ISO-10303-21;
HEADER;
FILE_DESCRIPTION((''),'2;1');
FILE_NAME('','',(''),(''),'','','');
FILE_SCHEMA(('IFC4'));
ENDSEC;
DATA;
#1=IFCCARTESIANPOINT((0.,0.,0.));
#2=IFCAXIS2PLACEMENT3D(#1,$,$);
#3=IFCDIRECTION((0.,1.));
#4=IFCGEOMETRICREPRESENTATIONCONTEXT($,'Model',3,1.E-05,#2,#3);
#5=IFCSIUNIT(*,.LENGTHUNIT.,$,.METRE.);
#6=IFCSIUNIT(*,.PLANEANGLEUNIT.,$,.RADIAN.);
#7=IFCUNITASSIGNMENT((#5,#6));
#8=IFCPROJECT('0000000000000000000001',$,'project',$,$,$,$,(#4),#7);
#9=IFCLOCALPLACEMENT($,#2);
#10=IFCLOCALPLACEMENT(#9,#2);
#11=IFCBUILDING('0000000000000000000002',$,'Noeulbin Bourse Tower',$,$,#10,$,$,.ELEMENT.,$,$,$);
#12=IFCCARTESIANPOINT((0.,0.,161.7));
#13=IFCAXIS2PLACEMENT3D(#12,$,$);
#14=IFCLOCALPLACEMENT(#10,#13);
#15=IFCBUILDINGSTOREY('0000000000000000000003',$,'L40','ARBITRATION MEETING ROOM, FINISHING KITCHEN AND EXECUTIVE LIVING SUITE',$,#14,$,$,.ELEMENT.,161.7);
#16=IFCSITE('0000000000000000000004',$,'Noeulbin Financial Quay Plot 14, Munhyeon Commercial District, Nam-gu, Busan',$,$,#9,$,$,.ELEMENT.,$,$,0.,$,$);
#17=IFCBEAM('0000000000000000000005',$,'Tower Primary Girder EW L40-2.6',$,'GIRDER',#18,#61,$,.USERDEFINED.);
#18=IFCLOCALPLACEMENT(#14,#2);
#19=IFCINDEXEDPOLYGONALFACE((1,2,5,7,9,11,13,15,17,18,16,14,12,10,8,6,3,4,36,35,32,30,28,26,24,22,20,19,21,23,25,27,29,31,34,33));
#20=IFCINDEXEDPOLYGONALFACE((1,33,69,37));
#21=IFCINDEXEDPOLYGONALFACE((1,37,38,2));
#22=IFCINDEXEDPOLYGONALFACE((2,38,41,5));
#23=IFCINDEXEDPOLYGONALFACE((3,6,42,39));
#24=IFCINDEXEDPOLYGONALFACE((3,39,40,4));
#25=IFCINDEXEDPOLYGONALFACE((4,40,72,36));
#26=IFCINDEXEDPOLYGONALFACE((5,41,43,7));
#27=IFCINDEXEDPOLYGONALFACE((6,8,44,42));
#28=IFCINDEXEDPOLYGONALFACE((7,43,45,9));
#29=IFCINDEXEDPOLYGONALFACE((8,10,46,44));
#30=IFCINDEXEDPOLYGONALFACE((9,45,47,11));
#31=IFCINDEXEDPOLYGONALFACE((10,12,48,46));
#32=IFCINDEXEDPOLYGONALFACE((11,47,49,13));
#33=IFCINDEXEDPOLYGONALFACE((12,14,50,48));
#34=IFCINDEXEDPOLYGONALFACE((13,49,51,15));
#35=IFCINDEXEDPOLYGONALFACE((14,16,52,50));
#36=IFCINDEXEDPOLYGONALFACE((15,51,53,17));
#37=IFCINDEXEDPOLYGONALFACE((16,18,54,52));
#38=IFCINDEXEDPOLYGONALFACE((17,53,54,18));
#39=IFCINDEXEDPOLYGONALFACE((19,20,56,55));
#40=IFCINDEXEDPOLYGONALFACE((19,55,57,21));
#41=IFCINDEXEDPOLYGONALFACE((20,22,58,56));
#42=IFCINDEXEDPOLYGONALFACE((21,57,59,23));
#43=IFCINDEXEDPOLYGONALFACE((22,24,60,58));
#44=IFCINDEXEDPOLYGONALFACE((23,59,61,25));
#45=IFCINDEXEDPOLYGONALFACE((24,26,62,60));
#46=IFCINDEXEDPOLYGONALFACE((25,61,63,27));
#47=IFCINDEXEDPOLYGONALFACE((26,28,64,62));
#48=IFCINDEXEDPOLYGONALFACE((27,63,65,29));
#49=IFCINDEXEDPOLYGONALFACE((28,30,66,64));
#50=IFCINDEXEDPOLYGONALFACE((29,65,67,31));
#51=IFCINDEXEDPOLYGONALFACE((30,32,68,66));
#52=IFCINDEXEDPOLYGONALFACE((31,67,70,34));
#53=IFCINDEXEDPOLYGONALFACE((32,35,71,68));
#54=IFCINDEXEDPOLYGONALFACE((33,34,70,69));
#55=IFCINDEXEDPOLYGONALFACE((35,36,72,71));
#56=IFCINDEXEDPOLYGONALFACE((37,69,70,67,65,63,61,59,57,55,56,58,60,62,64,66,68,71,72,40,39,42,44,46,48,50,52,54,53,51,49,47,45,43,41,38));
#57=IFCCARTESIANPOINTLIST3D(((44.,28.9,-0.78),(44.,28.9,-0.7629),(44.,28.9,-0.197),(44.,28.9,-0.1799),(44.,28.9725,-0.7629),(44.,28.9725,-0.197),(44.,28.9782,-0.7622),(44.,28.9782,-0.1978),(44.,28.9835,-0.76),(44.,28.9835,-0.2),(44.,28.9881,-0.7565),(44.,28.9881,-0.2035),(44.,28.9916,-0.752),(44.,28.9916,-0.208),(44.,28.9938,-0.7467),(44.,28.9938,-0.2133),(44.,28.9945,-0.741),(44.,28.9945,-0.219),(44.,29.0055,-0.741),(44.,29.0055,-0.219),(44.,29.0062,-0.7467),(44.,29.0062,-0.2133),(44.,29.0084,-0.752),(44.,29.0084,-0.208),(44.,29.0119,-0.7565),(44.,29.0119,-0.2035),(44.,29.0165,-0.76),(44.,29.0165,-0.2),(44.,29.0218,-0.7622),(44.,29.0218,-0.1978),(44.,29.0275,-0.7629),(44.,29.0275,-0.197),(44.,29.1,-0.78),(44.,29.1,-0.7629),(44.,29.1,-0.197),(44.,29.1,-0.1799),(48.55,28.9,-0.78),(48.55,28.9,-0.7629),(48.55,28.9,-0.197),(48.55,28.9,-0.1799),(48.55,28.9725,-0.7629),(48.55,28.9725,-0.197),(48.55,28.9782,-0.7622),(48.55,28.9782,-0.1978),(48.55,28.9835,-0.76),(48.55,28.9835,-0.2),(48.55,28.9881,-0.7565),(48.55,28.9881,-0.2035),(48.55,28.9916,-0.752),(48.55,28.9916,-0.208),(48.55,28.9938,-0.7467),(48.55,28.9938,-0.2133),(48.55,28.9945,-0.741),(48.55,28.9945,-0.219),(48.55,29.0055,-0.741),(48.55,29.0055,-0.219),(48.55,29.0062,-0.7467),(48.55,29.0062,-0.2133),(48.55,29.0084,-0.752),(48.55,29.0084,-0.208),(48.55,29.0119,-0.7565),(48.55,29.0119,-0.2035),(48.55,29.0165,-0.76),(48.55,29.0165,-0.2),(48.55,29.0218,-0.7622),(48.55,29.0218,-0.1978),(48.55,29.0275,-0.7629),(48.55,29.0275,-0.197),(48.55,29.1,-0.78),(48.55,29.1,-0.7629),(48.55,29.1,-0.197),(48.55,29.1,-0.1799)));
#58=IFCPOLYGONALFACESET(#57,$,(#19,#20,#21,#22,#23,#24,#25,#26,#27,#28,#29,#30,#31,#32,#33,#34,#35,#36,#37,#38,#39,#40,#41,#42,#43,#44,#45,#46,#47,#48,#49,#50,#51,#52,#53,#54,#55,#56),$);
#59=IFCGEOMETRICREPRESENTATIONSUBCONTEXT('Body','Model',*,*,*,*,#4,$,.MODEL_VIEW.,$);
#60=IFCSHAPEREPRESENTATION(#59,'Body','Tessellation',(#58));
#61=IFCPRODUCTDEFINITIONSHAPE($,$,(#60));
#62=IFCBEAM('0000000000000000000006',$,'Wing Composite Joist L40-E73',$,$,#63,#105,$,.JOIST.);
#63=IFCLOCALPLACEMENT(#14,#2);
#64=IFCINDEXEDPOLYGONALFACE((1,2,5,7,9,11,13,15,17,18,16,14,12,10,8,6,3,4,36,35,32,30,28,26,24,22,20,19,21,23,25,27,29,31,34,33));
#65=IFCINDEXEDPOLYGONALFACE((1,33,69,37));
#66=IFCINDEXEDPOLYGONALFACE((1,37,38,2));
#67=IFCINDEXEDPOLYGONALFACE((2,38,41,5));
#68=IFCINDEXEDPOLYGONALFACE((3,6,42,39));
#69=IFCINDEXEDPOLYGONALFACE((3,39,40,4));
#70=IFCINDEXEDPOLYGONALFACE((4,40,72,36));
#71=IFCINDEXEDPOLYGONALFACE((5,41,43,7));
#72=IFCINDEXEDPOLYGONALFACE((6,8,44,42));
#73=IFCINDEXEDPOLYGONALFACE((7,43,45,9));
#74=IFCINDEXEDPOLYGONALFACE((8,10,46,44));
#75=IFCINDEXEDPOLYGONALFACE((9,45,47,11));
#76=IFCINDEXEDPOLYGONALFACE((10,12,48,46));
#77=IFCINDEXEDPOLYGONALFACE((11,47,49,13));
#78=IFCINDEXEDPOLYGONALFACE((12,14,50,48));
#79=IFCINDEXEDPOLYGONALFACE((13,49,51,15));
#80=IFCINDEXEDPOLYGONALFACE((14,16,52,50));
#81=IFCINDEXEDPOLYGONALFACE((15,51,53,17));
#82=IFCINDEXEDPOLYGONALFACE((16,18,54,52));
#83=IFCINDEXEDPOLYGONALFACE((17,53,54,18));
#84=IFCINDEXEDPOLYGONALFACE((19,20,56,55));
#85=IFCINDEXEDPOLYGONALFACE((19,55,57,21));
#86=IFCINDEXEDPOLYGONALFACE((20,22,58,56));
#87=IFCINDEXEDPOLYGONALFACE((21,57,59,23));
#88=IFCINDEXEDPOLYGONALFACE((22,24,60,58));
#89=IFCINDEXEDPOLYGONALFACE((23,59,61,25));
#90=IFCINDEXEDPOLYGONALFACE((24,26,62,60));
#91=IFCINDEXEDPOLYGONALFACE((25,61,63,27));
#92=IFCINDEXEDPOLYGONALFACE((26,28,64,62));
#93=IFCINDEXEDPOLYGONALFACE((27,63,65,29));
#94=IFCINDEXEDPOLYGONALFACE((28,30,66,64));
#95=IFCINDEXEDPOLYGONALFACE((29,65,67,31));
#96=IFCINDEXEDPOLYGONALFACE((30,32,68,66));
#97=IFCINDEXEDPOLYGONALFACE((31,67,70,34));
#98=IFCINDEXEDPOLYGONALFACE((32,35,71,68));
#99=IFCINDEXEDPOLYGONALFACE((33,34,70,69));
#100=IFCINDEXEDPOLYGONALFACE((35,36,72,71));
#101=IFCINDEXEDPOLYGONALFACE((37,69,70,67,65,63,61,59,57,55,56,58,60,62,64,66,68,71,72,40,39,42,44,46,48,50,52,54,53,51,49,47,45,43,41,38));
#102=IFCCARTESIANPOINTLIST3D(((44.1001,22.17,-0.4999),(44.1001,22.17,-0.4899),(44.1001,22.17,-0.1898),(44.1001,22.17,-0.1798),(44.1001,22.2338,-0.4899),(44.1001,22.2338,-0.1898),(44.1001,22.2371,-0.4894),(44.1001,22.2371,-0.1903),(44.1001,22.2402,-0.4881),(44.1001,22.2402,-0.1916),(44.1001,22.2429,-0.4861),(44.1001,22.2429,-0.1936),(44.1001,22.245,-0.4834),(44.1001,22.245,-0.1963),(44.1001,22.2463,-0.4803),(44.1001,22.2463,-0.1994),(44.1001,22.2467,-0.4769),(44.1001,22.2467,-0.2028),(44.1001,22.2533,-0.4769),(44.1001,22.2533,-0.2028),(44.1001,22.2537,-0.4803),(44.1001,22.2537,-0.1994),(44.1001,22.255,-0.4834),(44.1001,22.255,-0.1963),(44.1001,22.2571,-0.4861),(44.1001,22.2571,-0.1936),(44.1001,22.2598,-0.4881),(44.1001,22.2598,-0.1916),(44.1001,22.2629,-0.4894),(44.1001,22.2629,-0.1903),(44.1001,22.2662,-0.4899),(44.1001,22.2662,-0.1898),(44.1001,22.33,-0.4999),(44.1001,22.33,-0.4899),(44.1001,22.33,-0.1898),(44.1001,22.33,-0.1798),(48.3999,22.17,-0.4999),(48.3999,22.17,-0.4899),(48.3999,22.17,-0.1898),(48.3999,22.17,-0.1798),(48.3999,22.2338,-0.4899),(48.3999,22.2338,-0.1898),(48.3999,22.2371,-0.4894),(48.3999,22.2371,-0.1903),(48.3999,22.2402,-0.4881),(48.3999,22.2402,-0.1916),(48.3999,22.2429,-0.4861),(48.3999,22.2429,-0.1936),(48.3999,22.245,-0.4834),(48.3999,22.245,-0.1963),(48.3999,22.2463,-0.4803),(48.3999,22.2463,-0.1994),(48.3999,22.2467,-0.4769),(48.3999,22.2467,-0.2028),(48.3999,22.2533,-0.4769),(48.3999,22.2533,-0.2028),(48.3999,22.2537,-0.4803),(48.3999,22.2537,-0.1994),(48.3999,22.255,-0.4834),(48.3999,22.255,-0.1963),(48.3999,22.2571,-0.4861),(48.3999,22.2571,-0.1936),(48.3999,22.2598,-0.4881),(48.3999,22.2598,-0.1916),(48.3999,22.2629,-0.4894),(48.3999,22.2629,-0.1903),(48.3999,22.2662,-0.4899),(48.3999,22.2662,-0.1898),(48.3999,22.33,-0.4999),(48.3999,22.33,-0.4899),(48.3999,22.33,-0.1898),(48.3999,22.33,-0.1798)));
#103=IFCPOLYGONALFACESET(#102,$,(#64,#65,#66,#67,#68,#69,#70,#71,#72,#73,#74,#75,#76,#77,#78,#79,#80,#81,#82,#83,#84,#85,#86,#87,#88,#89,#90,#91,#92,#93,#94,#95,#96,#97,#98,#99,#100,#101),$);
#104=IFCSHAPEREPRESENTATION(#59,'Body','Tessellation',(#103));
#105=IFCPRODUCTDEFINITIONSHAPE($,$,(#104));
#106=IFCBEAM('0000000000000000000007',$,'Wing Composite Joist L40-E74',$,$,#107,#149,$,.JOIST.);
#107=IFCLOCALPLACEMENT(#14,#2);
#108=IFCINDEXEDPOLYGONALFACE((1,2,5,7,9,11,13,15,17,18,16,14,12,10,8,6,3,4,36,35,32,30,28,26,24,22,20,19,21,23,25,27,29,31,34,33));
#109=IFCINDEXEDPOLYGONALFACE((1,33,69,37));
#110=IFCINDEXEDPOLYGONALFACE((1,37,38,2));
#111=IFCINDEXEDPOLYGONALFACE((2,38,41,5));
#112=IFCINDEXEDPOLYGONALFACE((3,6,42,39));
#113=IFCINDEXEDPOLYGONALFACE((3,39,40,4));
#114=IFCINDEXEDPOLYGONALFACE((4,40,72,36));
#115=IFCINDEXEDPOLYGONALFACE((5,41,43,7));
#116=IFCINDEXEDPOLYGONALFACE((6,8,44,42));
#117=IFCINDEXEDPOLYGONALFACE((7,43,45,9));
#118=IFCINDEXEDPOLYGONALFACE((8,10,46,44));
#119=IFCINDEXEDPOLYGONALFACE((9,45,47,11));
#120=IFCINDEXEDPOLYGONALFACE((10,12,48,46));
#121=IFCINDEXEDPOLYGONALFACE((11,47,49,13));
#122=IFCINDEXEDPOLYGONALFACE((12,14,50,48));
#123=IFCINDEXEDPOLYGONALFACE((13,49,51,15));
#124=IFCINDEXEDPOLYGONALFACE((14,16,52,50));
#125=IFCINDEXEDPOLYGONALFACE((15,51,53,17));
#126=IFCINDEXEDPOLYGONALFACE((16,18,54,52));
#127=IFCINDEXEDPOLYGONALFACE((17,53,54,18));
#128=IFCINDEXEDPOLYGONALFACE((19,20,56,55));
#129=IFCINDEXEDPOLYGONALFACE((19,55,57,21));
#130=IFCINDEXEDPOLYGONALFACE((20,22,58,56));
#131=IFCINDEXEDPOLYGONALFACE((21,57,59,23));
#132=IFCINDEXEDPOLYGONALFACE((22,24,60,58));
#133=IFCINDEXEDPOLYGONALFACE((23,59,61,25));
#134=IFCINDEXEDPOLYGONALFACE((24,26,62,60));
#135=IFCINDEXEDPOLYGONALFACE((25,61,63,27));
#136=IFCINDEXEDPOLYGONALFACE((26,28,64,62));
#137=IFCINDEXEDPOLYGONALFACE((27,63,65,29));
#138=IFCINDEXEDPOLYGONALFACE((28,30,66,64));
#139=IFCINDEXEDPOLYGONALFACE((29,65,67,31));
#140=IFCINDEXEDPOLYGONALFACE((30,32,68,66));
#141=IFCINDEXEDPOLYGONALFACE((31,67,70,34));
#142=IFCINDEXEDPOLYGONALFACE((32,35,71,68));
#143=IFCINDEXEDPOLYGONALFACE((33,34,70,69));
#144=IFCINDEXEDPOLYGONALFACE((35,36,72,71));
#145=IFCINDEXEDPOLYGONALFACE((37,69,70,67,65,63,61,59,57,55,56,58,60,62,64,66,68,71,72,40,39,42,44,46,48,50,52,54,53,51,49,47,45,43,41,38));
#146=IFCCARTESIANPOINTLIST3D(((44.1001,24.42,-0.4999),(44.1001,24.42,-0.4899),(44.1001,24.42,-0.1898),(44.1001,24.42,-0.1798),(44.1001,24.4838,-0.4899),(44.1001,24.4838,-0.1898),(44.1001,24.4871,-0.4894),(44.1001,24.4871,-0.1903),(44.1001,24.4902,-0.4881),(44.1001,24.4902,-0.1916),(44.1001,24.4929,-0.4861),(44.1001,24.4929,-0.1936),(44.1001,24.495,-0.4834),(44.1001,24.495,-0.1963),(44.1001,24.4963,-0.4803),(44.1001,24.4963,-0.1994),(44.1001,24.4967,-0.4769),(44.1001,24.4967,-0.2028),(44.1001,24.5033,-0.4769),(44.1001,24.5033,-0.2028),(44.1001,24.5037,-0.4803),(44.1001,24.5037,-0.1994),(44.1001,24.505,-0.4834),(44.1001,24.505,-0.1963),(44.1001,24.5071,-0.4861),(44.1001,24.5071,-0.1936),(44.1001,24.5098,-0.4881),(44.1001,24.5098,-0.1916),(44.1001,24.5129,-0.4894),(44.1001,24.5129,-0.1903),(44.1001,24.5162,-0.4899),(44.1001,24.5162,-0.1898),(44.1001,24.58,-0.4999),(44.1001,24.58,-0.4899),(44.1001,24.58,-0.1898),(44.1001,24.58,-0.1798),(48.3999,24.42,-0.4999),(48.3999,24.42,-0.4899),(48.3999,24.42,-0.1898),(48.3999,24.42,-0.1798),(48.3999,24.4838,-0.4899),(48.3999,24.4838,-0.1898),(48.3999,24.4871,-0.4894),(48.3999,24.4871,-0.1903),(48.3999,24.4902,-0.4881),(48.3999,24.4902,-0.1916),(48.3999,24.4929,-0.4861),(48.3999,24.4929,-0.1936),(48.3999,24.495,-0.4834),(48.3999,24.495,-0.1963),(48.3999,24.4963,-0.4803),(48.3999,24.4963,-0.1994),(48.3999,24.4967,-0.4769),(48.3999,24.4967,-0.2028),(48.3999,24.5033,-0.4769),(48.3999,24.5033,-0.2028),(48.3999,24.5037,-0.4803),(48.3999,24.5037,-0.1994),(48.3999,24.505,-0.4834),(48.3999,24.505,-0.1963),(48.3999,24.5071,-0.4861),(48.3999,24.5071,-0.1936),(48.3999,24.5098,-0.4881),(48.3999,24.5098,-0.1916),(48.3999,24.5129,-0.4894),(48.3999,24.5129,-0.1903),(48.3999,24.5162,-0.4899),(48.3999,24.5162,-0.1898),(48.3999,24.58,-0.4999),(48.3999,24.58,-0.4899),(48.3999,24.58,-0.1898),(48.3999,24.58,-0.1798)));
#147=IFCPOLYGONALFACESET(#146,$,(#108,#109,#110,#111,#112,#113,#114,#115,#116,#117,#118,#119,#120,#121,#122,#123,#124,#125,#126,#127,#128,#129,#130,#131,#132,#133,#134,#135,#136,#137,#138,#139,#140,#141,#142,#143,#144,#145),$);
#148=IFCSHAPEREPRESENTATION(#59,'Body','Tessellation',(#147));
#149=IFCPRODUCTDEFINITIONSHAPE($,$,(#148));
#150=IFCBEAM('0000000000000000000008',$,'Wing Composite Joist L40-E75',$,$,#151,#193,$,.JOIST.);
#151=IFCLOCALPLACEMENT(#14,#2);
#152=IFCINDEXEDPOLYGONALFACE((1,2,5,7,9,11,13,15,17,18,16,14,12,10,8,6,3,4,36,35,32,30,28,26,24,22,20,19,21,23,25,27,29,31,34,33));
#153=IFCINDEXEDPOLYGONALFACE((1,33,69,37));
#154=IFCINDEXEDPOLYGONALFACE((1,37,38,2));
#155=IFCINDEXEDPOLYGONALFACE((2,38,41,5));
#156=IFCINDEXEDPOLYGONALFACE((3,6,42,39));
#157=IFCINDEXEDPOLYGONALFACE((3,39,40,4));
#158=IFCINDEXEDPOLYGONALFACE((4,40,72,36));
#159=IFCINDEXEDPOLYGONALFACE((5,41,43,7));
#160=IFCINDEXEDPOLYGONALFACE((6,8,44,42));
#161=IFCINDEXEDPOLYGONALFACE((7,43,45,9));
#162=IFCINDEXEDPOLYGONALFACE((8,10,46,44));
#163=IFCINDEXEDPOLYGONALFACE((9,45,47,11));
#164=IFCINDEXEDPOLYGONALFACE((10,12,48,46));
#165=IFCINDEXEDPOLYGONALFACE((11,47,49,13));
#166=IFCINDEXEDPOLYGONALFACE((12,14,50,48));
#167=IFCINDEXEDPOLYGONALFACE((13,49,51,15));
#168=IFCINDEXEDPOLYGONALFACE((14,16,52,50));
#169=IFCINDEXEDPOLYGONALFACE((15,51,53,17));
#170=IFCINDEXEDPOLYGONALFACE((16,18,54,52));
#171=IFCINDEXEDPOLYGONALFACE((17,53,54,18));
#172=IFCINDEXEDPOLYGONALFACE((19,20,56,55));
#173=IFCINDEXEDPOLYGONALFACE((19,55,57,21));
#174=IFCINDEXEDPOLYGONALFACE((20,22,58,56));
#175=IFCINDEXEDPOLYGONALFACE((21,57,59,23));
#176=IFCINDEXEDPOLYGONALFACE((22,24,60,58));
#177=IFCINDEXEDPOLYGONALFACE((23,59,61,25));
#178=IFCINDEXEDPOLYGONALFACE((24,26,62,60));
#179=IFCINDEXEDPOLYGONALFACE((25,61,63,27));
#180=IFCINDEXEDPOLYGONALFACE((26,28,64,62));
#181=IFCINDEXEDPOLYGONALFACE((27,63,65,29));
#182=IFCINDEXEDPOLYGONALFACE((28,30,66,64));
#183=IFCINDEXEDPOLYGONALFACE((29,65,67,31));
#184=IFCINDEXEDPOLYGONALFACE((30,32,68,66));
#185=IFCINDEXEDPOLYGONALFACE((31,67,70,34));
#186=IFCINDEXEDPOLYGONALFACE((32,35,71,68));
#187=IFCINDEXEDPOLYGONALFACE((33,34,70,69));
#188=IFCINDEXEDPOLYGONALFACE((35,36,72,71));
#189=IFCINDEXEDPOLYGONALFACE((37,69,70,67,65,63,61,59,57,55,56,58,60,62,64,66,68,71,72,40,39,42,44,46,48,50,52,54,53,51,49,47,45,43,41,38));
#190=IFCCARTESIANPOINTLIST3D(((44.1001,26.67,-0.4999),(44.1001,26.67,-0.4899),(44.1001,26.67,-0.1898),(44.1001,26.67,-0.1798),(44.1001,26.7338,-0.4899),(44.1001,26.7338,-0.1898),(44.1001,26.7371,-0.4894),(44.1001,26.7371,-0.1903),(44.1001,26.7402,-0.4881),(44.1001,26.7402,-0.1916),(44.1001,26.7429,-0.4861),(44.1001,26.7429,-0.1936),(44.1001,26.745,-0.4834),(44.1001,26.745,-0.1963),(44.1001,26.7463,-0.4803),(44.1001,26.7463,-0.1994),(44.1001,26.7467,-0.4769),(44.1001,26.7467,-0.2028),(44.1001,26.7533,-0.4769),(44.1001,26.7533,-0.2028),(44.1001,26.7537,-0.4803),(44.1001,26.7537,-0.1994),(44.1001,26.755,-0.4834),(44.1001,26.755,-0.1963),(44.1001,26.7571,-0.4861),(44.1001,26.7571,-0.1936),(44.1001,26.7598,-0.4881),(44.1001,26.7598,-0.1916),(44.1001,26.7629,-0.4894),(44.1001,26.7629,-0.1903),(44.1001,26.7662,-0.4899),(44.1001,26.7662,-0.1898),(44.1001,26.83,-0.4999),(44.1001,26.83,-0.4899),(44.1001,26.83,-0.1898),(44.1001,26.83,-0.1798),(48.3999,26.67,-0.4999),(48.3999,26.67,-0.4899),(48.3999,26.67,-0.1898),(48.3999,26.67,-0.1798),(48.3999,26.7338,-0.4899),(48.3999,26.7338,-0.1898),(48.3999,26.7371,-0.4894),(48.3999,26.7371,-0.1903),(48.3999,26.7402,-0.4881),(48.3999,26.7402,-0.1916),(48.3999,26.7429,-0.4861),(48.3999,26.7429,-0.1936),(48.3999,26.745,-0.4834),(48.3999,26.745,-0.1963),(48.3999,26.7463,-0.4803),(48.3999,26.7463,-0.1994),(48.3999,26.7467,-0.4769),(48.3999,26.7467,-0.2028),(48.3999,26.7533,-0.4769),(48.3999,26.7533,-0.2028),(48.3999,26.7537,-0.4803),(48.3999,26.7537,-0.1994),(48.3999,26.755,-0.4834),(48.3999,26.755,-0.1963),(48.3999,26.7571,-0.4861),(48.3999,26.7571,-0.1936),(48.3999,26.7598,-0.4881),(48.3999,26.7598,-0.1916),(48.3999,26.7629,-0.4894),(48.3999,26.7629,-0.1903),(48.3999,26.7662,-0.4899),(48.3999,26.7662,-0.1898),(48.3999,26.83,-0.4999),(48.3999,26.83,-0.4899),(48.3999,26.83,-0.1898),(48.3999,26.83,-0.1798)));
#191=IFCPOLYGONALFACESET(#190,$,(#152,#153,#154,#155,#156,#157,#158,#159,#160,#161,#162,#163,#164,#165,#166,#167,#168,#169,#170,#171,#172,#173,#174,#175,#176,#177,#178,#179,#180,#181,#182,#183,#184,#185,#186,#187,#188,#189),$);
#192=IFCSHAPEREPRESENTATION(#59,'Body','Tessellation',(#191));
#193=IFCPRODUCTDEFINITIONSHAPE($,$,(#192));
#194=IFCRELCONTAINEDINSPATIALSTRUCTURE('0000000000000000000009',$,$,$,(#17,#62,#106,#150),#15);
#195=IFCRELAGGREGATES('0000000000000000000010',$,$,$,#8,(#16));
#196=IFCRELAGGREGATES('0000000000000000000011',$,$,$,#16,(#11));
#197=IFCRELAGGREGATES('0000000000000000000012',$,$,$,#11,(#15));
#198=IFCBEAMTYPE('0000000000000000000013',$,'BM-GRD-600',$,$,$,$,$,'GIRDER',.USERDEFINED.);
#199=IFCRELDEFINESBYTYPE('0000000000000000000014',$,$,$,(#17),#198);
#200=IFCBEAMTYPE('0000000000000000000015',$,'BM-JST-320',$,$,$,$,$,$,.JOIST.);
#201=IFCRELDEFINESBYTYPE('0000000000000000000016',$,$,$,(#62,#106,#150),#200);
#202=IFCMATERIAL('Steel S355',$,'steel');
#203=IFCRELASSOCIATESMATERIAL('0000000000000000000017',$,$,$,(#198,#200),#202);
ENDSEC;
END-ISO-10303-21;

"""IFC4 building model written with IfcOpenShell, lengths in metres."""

from ifc_helpers import new_model, si_unit, direction, frame, origin, origin_2d, place, context, subcontext, project, spatial, i_section, extrude, material, material_profile, profile_set, type_object, element, save


model = new_model("IFC4")

# Units and contexts
model_context = context("Model", 3, precision=1e-05, world=origin(), true_north=direction((0.0, 1.0)))
body_context = subcontext(model_context, "Body", "Model", "MODEL_VIEW")
ifc_project = project(units=[si_unit("LENGTHUNIT", "METRE"), si_unit("PLANEANGLEUNIT", "RADIAN")], contexts=[model_context])

# Site, building, storey
site_placement = place(None, origin())
site = spatial("IfcSite", under=ifc_project, at=site_placement, Name="Noeulbin Financial Quay Plot 14, Munhyeon Commercial District, Nam-gu, Busan", CompositionType="ELEMENT", RefElevation=0.0)
building_placement = place(site_placement, origin())
building = spatial("IfcBuilding", under=site, at=building_placement, Name="Noeulbin Bourse Tower", CompositionType="ELEMENT")
storey_placement = place(building_placement, frame((0.0, 0.0, 161.7)))
storey = spatial("IfcBuildingStorey", under=building, at=storey_placement, Name="L40", Description="ARBITRATION MEETING ROOM, FINISHING KITCHEN AND EXECUTIVE LIVING SUITE", CompositionType="ELEMENT", Elevation=161.7)

# Shared definitions
ifc_material_1 = material(Name="Steel S355", Category="steel")

# Beams
ifc_material_profile_1 = material_profile(ifc_material_1, i_section(OverallWidth=0.2, OverallDepth=0.6001, WebThickness=0.011, FlangeThickness=0.0171, FilletRadius=0.022, at=origin_2d()), Name="H-600x200x11x17", Category="LoadBearing")
ifc_profile_set_1 = profile_set([ifc_material_profile_1], Name="Steel S355")
beam_type_1 = type_object("IfcBeamType", Name="BM-GRD-600", ElementType="GIRDER", PredefinedType="USERDEFINED", material=ifc_profile_set_1)
beam_1_placement = place(storey_placement, frame((44.0, 29.0, -0.48), z_axis=(1.0, 0.0, 0.0), x_axis=(0.0, 1.0, 0.0)))
element("IfcBeam", 1, at=beam_1_placement, inside=storey, type_object=beam_type_1, Name="Tower Primary Girder EW L40-2.6", ObjectType="GIRDER", PredefinedType="USERDEFINED", context=body_context, shape_type="SweptSolid", body=[
    extrude(i_section(OverallWidth=0.2, OverallDepth=0.6001, WebThickness=0.011, FlangeThickness=0.0171, FilletRadius=0.022, at=origin_2d()), origin(), (0.0, 0.0, 1.0), 4.55),
])
ifc_material_profile_2 = material_profile(ifc_material_1, i_section(OverallWidth=0.1599, OverallDepth=0.3201, WebThickness=0.0066, FlangeThickness=0.01, FilletRadius=0.0129, at=origin_2d()), Name="H-320x160x6.5x10", Category="LoadBearing")
ifc_profile_set_2 = profile_set([ifc_material_profile_2], Name="Steel S355")
beam_type_2 = type_object("IfcBeamType", Name="BM-JST-320", PredefinedType="JOIST", material=ifc_profile_set_2)
for number, where, z_axis, x_axis, name in (
    (2, (44.1001, 22.25, -0.3398), (1.0, 0.0, 0.0), (0.0, 1.0, 0.0), "Wing Composite Joist L40-E73"),
    (3, (44.1001, 24.5, -0.3398), (1.0, 0.0, 0.0), (0.0, 1.0, 0.0), "Wing Composite Joist L40-E74"),
    (4, (44.1001, 26.75, -0.3398), (1.0, 0.0, 0.0), (0.0, 1.0, 0.0), "Wing Composite Joist L40-E75"),
):
    element("IfcBeam", number, at=place(storey_placement, frame(where, z_axis=z_axis, x_axis=x_axis)), inside=storey, type_object=beam_type_2, Name=name, PredefinedType="JOIST", context=body_context, shape_type="SweptSolid", body=[
        extrude(i_section(OverallWidth=0.1599, OverallDepth=0.3201, WebThickness=0.0066, FlangeThickness=0.01, FilletRadius=0.0129, at=origin_2d()), origin(), (0.0, 0.0, 1.0), 4.2998),
    ])

save(model, "model.ifc")
